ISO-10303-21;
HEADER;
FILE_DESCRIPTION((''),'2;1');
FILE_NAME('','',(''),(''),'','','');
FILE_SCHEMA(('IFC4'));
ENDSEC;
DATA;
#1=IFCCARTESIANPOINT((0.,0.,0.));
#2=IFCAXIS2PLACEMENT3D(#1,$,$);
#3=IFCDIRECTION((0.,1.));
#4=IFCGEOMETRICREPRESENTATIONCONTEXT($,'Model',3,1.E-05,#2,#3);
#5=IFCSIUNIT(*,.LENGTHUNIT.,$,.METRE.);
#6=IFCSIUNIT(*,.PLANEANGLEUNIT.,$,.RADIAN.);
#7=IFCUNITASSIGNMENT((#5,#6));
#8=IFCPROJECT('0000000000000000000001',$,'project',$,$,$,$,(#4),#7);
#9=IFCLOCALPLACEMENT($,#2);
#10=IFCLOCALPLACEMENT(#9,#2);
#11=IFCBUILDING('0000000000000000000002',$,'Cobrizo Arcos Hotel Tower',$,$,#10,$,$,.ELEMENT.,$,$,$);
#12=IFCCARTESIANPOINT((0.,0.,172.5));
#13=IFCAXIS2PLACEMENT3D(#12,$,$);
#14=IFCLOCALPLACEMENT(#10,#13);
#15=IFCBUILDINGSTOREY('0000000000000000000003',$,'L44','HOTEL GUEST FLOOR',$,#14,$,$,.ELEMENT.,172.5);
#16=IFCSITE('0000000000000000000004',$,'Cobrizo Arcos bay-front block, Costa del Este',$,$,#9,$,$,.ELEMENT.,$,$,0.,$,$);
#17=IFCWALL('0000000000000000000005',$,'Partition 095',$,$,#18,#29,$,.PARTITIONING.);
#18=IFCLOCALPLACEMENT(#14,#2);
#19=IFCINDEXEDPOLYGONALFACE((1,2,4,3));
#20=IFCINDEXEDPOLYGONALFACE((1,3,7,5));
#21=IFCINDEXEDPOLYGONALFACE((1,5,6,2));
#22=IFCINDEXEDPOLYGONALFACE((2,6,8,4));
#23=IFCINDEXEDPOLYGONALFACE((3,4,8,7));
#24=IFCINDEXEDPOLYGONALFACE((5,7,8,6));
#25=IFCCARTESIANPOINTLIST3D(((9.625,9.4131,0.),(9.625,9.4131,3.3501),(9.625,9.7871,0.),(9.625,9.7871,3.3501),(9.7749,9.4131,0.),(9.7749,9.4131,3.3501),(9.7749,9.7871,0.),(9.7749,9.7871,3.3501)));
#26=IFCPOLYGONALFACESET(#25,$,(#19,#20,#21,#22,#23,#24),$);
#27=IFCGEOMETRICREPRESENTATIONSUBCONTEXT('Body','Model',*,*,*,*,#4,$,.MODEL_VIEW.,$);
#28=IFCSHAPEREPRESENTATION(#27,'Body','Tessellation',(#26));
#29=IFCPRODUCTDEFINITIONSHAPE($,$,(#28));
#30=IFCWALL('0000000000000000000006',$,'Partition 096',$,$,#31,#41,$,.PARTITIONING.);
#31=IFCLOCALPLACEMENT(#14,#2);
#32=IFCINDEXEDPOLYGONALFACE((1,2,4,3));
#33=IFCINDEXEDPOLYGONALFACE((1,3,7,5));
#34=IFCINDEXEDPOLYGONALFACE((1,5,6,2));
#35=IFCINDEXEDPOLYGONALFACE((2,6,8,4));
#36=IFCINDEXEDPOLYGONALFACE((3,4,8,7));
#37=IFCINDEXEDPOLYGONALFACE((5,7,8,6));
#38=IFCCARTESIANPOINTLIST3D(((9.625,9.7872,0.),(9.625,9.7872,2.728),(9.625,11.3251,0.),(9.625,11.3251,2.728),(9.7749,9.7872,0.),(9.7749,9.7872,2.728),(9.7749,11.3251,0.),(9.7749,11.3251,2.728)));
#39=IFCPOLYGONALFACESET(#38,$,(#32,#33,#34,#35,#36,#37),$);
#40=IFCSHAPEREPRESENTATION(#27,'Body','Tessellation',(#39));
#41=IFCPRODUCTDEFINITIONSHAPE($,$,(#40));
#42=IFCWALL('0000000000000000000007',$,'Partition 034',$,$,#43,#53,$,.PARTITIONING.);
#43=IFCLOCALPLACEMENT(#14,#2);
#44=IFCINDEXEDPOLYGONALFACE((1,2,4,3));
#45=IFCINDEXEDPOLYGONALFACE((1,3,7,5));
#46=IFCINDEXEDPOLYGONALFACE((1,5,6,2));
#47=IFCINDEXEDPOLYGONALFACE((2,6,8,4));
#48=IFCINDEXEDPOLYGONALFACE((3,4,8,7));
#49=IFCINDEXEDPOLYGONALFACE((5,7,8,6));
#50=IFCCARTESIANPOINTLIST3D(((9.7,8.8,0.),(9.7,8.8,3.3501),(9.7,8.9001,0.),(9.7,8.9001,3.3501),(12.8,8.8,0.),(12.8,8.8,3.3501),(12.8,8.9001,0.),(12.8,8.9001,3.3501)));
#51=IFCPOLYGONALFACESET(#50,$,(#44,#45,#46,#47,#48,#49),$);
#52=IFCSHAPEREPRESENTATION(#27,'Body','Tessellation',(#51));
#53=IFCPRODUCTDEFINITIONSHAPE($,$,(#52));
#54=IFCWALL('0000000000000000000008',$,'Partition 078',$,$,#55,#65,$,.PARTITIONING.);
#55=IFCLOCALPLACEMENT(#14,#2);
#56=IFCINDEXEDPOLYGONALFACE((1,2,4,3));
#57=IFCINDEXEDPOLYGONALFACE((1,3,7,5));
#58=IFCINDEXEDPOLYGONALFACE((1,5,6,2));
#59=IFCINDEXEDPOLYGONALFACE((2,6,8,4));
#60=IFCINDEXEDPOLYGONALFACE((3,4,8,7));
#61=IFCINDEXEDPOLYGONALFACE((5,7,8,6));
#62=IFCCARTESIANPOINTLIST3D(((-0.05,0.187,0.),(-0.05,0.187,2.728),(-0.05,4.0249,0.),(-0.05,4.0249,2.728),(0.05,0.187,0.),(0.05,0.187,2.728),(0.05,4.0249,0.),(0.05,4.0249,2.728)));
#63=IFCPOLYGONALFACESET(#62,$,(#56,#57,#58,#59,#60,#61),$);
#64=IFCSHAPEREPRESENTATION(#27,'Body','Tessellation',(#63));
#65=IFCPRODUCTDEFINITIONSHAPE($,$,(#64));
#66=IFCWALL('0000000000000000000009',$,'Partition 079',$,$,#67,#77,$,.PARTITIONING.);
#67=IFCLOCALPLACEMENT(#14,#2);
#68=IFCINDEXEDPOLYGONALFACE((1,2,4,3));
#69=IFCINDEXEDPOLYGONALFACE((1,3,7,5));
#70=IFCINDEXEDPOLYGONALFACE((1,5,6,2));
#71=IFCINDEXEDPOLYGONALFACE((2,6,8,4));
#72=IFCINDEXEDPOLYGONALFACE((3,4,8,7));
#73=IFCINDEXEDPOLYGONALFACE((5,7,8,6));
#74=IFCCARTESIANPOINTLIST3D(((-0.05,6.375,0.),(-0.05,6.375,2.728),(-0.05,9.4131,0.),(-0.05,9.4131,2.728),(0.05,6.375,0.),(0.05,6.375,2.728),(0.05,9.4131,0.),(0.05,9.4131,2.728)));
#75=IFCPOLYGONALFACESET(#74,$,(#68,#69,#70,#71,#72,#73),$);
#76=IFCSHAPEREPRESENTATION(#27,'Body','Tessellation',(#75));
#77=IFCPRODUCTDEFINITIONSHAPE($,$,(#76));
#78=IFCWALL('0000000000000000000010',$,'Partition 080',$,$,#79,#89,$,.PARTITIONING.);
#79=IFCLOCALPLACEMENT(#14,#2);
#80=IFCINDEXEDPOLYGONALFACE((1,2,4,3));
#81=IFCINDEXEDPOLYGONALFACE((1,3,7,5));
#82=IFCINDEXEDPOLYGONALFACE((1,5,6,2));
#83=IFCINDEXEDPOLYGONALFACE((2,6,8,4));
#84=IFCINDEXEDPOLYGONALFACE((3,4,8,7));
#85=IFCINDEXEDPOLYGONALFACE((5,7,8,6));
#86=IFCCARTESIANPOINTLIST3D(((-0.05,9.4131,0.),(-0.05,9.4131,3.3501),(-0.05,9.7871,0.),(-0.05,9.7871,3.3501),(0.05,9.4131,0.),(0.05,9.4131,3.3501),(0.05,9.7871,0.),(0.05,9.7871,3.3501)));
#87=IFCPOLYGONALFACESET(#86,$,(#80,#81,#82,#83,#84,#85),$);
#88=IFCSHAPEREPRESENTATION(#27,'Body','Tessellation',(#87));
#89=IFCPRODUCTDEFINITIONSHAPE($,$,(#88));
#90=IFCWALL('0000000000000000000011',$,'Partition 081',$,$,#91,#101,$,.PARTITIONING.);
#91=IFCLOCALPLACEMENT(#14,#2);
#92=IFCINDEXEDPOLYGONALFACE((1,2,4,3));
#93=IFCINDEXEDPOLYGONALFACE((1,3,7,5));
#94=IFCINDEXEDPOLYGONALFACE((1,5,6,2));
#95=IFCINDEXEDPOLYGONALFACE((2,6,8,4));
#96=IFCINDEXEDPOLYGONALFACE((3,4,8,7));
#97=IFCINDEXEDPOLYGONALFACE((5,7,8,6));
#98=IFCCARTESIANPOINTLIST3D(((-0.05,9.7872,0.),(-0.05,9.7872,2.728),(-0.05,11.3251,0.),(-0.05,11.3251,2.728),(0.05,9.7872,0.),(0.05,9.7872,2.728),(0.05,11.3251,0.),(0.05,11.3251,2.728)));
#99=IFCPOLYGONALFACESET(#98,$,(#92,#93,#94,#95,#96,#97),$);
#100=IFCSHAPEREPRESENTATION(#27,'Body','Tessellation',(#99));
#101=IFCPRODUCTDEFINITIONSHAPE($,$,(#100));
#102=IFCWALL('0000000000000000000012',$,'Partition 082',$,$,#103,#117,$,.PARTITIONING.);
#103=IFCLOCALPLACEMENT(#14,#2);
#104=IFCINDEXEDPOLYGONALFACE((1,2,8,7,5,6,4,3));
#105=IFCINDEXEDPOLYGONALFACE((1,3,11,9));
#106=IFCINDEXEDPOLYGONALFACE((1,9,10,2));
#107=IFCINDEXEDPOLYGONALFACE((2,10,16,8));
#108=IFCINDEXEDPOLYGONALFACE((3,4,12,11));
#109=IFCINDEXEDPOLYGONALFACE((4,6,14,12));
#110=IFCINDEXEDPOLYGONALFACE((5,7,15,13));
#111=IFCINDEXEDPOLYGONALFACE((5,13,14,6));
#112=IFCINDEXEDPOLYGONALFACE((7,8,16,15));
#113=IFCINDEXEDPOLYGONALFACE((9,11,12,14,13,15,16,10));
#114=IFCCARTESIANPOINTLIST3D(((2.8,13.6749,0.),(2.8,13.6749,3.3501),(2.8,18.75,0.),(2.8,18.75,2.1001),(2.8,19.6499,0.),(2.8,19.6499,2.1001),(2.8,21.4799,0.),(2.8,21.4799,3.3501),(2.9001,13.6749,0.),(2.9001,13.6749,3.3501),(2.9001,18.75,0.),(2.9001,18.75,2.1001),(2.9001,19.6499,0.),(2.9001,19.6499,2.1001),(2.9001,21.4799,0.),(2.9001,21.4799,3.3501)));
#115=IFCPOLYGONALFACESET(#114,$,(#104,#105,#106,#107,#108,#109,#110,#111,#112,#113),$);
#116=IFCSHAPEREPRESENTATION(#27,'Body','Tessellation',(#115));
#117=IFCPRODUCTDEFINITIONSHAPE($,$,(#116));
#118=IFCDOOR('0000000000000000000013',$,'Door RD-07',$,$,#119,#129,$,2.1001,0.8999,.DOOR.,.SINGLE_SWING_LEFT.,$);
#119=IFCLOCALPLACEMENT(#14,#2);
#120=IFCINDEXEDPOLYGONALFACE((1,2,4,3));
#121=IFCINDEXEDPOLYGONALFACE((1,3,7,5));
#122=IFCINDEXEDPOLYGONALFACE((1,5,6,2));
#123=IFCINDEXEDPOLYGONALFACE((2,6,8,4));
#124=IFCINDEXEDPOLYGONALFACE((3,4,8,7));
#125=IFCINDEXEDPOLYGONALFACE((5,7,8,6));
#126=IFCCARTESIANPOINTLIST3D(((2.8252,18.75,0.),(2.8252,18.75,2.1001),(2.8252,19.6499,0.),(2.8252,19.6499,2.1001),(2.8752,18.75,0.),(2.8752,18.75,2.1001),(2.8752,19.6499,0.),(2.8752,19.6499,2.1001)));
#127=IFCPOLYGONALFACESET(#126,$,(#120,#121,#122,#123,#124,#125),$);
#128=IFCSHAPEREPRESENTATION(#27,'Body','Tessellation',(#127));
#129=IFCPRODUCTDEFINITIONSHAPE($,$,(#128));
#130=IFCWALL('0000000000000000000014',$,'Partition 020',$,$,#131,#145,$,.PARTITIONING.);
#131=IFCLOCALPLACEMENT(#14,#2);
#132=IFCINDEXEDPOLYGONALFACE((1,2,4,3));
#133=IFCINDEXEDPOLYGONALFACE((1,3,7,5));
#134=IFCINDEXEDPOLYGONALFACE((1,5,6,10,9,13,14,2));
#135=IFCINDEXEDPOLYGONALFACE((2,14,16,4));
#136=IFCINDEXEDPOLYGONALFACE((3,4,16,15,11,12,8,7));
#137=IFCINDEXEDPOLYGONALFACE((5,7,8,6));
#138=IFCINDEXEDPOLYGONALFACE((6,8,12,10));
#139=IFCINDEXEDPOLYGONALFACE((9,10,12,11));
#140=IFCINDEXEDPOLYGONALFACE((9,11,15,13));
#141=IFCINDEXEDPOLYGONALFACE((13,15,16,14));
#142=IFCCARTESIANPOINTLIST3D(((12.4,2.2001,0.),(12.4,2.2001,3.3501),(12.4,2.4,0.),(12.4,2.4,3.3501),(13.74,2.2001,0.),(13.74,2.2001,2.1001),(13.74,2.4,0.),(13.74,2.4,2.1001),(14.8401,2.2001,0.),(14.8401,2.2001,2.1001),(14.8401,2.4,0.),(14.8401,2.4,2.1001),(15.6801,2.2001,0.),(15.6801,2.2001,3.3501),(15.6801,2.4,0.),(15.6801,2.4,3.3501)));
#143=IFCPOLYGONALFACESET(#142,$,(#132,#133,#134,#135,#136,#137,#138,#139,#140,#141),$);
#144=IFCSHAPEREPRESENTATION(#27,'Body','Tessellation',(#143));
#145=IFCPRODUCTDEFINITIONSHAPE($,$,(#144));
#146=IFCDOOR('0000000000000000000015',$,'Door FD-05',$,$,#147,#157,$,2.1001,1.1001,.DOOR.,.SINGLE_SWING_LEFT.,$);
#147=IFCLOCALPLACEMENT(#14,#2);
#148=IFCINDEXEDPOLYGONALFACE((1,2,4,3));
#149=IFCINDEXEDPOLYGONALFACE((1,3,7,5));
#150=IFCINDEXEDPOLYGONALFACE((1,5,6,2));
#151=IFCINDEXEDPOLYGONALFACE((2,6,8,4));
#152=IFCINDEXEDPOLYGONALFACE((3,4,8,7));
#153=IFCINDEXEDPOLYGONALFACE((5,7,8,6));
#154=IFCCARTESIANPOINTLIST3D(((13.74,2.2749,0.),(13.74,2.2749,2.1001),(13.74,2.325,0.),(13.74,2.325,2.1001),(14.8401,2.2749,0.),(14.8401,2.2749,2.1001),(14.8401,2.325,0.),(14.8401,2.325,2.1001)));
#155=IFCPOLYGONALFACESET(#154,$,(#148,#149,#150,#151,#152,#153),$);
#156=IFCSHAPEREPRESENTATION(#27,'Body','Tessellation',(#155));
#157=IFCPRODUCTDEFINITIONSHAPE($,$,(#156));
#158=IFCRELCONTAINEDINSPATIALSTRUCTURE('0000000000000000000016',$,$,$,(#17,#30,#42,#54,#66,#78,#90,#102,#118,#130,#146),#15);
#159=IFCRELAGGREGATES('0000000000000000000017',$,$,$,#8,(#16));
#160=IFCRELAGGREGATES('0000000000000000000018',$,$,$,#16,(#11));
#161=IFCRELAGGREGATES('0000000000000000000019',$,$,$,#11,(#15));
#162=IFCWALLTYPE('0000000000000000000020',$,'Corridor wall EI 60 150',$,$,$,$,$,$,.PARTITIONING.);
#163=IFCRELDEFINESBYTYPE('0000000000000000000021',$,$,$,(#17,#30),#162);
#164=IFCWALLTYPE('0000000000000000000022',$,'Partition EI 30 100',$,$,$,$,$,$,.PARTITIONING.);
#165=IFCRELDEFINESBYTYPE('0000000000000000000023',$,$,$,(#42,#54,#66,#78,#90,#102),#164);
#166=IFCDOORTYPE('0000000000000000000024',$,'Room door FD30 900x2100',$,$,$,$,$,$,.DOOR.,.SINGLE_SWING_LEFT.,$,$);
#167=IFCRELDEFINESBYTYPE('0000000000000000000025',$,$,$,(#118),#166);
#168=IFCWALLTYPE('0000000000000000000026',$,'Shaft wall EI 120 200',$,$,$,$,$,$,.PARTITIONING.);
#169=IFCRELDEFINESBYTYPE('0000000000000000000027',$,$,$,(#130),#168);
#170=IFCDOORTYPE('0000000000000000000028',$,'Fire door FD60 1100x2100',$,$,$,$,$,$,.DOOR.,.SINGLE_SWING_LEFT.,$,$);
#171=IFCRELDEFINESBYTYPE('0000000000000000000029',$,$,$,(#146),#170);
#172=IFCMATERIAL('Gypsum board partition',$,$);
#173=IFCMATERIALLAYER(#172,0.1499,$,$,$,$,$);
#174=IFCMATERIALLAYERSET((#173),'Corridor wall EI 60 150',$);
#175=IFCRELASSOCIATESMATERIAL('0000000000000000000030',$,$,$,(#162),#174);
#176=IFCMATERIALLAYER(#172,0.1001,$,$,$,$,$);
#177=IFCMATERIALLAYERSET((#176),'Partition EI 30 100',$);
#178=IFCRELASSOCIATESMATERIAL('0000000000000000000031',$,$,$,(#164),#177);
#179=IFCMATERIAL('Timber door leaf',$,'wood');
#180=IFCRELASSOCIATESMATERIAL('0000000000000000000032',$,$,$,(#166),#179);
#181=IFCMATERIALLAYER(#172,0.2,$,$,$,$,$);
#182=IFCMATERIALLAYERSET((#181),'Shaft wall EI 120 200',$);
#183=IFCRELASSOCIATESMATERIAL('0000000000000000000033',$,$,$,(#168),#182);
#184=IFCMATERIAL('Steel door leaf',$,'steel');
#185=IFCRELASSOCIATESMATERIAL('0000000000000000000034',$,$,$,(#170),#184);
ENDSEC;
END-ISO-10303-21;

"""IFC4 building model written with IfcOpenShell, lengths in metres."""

from ifc_helpers import new_model, si_unit, direction, frame, frame_2d, origin, place, context, subcontext, project, spatial, rectangle, extrude, material, layer, layer_set, type_object, element, fill, save


model = new_model("IFC4")

# Units and contexts
model_context = context("Model", 3, precision=1e-05, world=origin(), true_north=direction((0.0, 1.0)))
body_context = subcontext(model_context, "Body", "Model", "MODEL_VIEW")
ifc_project = project(units=[si_unit("LENGTHUNIT", "METRE"), si_unit("PLANEANGLEUNIT", "RADIAN")], contexts=[model_context])

# Site, building, storey
site_placement = place(None, origin())
site = spatial("IfcSite", under=ifc_project, at=site_placement, Name="Cobrizo Arcos bay-front block, Costa del Este", CompositionType="ELEMENT", RefElevation=0.0)
building_placement = place(site_placement, origin())
building = spatial("IfcBuilding", under=site, at=building_placement, Name="Cobrizo Arcos Hotel Tower", CompositionType="ELEMENT")
storey_placement = place(building_placement, frame((0.0, 0.0, 172.5)))
storey = spatial("IfcBuildingStorey", under=building, at=storey_placement, Name="L44", Description="HOTEL GUEST FLOOR", CompositionType="ELEMENT", Elevation=172.5)

# Shared definitions
ifc_material_1 = material(Name="Gypsum board partition")
ifc_layer_1 = layer(ifc_material_1, 0.1499)
ifc_layer_set_1 = layer_set([ifc_layer_1], Name="Corridor wall EI 60 150")
wall_type_1 = type_object("IfcWallType", Name="Corridor wall EI 60 150", PredefinedType="PARTITIONING", material=ifc_layer_set_1)

# Shared definitions
ifc_material_2 = material(Name="Timber door leaf", Category="wood")

# Walls
wall_1_placement = place(storey_placement, frame((9.7, 9.4131, 0.0), z_axis=(0.0, 0.0, 1.0), x_axis=(0.0, 1.0, 0.0)))
element("IfcWall", 1, at=wall_1_placement, inside=storey, type_object=wall_type_1, Name="Partition 095", PredefinedType="PARTITIONING", context=body_context, shape_type="SweptSolid", body=[
    extrude(rectangle(XDim=0.374, YDim=0.1499, at=frame_2d((0.187, 0.0))), origin(), (0.0, 0.0, 1.0), 3.3501),
])
wall_2_placement = place(storey_placement, frame((9.7, 9.7871, 0.0), z_axis=(0.0, 0.0, 1.0), x_axis=(0.0, 1.0, 0.0)))
element("IfcWall", 2, at=wall_2_placement, inside=storey, type_object=wall_type_1, Name="Partition 096", PredefinedType="PARTITIONING", context=body_context, shape_type="SweptSolid", body=[
    extrude(rectangle(XDim=1.5378, YDim=0.1499, at=frame_2d((0.769, 0.0))), origin(), (0.0, 0.0, 1.0), 2.728),
])
ifc_layer_2 = layer(ifc_material_1, 0.1001)
ifc_layer_set_2 = layer_set([ifc_layer_2], Name="Partition EI 30 100")
wall_type_2 = type_object("IfcWallType", Name="Partition EI 30 100", PredefinedType="PARTITIONING", material=ifc_layer_set_2)
wall_3_placement = place(storey_placement, frame((9.7, 8.8501, 0.0), z_axis=(0.0, 0.0, 1.0), x_axis=(1.0, 0.0, 0.0)))
element("IfcWall", 3, at=wall_3_placement, inside=storey, type_object=wall_type_2, Name="Partition 034", PredefinedType="PARTITIONING", context=body_context, shape_type="SweptSolid", body=[
    extrude(rectangle(XDim=3.1001, YDim=0.1001, at=frame_2d((1.55, 0.0))), origin(), (0.0, 0.0, 1.0), 3.3501),
])
wall_4_placement = place(storey_placement, frame((0.0, 0.187, 0.0), z_axis=(0.0, 0.0, 1.0), x_axis=(0.0, 1.0, 0.0)))
element("IfcWall", 4, at=wall_4_placement, inside=storey, type_object=wall_type_2, Name="Partition 078", PredefinedType="PARTITIONING", context=body_context, shape_type="SweptSolid", body=[
    extrude(rectangle(XDim=3.8379, YDim=0.1001, at=frame_2d((1.9189, 0.0))), origin(), (0.0, 0.0, 1.0), 2.728),
])
wall_5_placement = place(storey_placement, frame((0.0, 6.375, 0.0), z_axis=(0.0, 0.0, 1.0), x_axis=(0.0, 1.0, 0.0)))
element("IfcWall", 5, at=wall_5_placement, inside=storey, type_object=wall_type_2, Name="Partition 079", PredefinedType="PARTITIONING", context=body_context, shape_type="SweptSolid", body=[
    extrude(rectangle(XDim=3.0381, YDim=0.1001, at=frame_2d((1.519, 0.0))), origin(), (0.0, 0.0, 1.0), 2.728),
])
wall_6_placement = place(storey_placement, frame((0.0, 9.4131, 0.0), z_axis=(0.0, 0.0, 1.0), x_axis=(0.0, 1.0, 0.0)))
element("IfcWall", 6, at=wall_6_placement, inside=storey, type_object=wall_type_2, Name="Partition 080", PredefinedType="PARTITIONING", context=body_context, shape_type="SweptSolid", body=[
    extrude(rectangle(XDim=0.374, YDim=0.1001, at=frame_2d((0.187, 0.0))), origin(), (0.0, 0.0, 1.0), 3.3501),
])
wall_7_placement = place(storey_placement, frame((0.0, 9.7871, 0.0), z_axis=(0.0, 0.0, 1.0), x_axis=(0.0, 1.0, 0.0)))
element("IfcWall", 7, at=wall_7_placement, inside=storey, type_object=wall_type_2, Name="Partition 081", PredefinedType="PARTITIONING", context=body_context, shape_type="SweptSolid", body=[
    extrude(rectangle(XDim=1.5378, YDim=0.1001, at=frame_2d((0.769, 0.0))), origin(), (0.0, 0.0, 1.0), 2.728),
])

# Walls, openings, doors
wall_8_placement = place(storey_placement, frame((2.8501, 13.675, 0.0), z_axis=(0.0, 0.0, 1.0), x_axis=(0.0, 1.0, 0.0)))
wall_8 = element("IfcWall", 8, at=wall_8_placement, inside=storey, type_object=wall_type_2, Name="Partition 082", PredefinedType="PARTITIONING", context=body_context, shape_type="SweptSolid", body=[
    extrude(rectangle(XDim=7.8049, YDim=0.1001, at=frame_2d((3.9023, 0.0))), origin(), (0.0, 0.0, 1.0), 3.3501),
])
opening_1_placement = place(wall_8_placement, frame((5.075, 0.0, 0.0)))
opening_1 = element("IfcOpeningElement", 9, at=opening_1_placement, cuts=wall_8, PredefinedType="OPENING", context=body_context, shape_type="SweptSolid", body=[
    extrude(rectangle(XDim=0.8999, YDim=2.1001, at=frame_2d((0.45, 1.05))), frame((0.0, 0.062, 0.0), z_axis=(0.0, -1.0, 0.0), x_axis=(1.0, 0.0, 0.0)), (0.0, 0.0, 1.0), 0.124),
])
door_type_1 = type_object("IfcDoorType", Name="Room door FD30 900x2100", OperationType="SINGLE_SWING_LEFT", PredefinedType="DOOR", material=ifc_material_2)
door_1_placement = place(opening_1_placement, origin())
door_1 = element("IfcDoor", 10, at=door_1_placement, inside=storey, type_object=door_type_1, Name="Door RD-07", OperationType="SINGLE_SWING_LEFT", OverallHeight=2.1001, OverallWidth=0.8999, PredefinedType="DOOR", context=body_context, shape_type="SweptSolid", body=[
    extrude(rectangle(XDim=0.8999, YDim=2.1001, at=frame_2d((0.45, 1.05))), frame((0.0, 0.0249, 0.0), z_axis=(0.0, -1.0, 0.0), x_axis=(1.0, 0.0, 0.0)), (0.0, 0.0, 1.0), 0.05),
])
fill(opening_1, door_1)
ifc_layer_3 = layer(ifc_material_1, 0.2)
ifc_layer_set_3 = layer_set([ifc_layer_3], Name="Shaft wall EI 120 200")
wall_type_3 = type_object("IfcWallType", Name="Shaft wall EI 120 200", PredefinedType="PARTITIONING", material=ifc_layer_set_3)
wall_9_placement = place(storey_placement, frame((12.3999, 2.3, 0.0), z_axis=(0.0, 0.0, 1.0), x_axis=(1.0, 0.0, 0.0)))
wall_9 = element("IfcWall", 11, at=wall_9_placement, inside=storey, type_object=wall_type_3, Name="Partition 020", PredefinedType="PARTITIONING", context=body_context, shape_type="SweptSolid", body=[
    extrude(rectangle(XDim=3.28, YDim=0.2, at=frame_2d((1.6401, 0.0))), origin(), (0.0, 0.0, 1.0), 3.3501),
])
opening_2_placement = place(wall_9_placement, frame((1.3401, 0.0, 0.0)))
opening_2 = element("IfcOpeningElement", 12, at=opening_2_placement, cuts=wall_9, PredefinedType="OPENING", context=body_context, shape_type="SweptSolid", body=[
    extrude(rectangle(XDim=1.1001, YDim=2.1001, at=frame_2d((0.55, 1.05))), frame((0.0, 0.1121, 0.0), z_axis=(0.0, -1.0, 0.0), x_axis=(1.0, 0.0, 0.0)), (0.0, 0.0, 1.0), 0.2239),
])
ifc_material_3 = material(Name="Steel door leaf", Category="steel")
door_type_2 = type_object("IfcDoorType", Name="Fire door FD60 1100x2100", OperationType="SINGLE_SWING_LEFT", PredefinedType="DOOR", material=ifc_material_3)
door_2_placement = place(opening_2_placement, origin())
door_2 = element("IfcDoor", 13, at=door_2_placement, inside=storey, type_object=door_type_2, Name="Door FD-05", OperationType="SINGLE_SWING_LEFT", OverallHeight=2.1001, OverallWidth=1.1001, PredefinedType="DOOR", context=body_context, shape_type="SweptSolid", body=[
    extrude(rectangle(XDim=1.1001, YDim=2.1001, at=frame_2d((0.55, 1.05))), frame((0.0, 0.0249, 0.0), z_axis=(0.0, -1.0, 0.0), x_axis=(1.0, 0.0, 0.0)), (0.0, 0.0, 1.0), 0.05),
])
fill(opening_2, door_2)

save(model, "model.ifc")
